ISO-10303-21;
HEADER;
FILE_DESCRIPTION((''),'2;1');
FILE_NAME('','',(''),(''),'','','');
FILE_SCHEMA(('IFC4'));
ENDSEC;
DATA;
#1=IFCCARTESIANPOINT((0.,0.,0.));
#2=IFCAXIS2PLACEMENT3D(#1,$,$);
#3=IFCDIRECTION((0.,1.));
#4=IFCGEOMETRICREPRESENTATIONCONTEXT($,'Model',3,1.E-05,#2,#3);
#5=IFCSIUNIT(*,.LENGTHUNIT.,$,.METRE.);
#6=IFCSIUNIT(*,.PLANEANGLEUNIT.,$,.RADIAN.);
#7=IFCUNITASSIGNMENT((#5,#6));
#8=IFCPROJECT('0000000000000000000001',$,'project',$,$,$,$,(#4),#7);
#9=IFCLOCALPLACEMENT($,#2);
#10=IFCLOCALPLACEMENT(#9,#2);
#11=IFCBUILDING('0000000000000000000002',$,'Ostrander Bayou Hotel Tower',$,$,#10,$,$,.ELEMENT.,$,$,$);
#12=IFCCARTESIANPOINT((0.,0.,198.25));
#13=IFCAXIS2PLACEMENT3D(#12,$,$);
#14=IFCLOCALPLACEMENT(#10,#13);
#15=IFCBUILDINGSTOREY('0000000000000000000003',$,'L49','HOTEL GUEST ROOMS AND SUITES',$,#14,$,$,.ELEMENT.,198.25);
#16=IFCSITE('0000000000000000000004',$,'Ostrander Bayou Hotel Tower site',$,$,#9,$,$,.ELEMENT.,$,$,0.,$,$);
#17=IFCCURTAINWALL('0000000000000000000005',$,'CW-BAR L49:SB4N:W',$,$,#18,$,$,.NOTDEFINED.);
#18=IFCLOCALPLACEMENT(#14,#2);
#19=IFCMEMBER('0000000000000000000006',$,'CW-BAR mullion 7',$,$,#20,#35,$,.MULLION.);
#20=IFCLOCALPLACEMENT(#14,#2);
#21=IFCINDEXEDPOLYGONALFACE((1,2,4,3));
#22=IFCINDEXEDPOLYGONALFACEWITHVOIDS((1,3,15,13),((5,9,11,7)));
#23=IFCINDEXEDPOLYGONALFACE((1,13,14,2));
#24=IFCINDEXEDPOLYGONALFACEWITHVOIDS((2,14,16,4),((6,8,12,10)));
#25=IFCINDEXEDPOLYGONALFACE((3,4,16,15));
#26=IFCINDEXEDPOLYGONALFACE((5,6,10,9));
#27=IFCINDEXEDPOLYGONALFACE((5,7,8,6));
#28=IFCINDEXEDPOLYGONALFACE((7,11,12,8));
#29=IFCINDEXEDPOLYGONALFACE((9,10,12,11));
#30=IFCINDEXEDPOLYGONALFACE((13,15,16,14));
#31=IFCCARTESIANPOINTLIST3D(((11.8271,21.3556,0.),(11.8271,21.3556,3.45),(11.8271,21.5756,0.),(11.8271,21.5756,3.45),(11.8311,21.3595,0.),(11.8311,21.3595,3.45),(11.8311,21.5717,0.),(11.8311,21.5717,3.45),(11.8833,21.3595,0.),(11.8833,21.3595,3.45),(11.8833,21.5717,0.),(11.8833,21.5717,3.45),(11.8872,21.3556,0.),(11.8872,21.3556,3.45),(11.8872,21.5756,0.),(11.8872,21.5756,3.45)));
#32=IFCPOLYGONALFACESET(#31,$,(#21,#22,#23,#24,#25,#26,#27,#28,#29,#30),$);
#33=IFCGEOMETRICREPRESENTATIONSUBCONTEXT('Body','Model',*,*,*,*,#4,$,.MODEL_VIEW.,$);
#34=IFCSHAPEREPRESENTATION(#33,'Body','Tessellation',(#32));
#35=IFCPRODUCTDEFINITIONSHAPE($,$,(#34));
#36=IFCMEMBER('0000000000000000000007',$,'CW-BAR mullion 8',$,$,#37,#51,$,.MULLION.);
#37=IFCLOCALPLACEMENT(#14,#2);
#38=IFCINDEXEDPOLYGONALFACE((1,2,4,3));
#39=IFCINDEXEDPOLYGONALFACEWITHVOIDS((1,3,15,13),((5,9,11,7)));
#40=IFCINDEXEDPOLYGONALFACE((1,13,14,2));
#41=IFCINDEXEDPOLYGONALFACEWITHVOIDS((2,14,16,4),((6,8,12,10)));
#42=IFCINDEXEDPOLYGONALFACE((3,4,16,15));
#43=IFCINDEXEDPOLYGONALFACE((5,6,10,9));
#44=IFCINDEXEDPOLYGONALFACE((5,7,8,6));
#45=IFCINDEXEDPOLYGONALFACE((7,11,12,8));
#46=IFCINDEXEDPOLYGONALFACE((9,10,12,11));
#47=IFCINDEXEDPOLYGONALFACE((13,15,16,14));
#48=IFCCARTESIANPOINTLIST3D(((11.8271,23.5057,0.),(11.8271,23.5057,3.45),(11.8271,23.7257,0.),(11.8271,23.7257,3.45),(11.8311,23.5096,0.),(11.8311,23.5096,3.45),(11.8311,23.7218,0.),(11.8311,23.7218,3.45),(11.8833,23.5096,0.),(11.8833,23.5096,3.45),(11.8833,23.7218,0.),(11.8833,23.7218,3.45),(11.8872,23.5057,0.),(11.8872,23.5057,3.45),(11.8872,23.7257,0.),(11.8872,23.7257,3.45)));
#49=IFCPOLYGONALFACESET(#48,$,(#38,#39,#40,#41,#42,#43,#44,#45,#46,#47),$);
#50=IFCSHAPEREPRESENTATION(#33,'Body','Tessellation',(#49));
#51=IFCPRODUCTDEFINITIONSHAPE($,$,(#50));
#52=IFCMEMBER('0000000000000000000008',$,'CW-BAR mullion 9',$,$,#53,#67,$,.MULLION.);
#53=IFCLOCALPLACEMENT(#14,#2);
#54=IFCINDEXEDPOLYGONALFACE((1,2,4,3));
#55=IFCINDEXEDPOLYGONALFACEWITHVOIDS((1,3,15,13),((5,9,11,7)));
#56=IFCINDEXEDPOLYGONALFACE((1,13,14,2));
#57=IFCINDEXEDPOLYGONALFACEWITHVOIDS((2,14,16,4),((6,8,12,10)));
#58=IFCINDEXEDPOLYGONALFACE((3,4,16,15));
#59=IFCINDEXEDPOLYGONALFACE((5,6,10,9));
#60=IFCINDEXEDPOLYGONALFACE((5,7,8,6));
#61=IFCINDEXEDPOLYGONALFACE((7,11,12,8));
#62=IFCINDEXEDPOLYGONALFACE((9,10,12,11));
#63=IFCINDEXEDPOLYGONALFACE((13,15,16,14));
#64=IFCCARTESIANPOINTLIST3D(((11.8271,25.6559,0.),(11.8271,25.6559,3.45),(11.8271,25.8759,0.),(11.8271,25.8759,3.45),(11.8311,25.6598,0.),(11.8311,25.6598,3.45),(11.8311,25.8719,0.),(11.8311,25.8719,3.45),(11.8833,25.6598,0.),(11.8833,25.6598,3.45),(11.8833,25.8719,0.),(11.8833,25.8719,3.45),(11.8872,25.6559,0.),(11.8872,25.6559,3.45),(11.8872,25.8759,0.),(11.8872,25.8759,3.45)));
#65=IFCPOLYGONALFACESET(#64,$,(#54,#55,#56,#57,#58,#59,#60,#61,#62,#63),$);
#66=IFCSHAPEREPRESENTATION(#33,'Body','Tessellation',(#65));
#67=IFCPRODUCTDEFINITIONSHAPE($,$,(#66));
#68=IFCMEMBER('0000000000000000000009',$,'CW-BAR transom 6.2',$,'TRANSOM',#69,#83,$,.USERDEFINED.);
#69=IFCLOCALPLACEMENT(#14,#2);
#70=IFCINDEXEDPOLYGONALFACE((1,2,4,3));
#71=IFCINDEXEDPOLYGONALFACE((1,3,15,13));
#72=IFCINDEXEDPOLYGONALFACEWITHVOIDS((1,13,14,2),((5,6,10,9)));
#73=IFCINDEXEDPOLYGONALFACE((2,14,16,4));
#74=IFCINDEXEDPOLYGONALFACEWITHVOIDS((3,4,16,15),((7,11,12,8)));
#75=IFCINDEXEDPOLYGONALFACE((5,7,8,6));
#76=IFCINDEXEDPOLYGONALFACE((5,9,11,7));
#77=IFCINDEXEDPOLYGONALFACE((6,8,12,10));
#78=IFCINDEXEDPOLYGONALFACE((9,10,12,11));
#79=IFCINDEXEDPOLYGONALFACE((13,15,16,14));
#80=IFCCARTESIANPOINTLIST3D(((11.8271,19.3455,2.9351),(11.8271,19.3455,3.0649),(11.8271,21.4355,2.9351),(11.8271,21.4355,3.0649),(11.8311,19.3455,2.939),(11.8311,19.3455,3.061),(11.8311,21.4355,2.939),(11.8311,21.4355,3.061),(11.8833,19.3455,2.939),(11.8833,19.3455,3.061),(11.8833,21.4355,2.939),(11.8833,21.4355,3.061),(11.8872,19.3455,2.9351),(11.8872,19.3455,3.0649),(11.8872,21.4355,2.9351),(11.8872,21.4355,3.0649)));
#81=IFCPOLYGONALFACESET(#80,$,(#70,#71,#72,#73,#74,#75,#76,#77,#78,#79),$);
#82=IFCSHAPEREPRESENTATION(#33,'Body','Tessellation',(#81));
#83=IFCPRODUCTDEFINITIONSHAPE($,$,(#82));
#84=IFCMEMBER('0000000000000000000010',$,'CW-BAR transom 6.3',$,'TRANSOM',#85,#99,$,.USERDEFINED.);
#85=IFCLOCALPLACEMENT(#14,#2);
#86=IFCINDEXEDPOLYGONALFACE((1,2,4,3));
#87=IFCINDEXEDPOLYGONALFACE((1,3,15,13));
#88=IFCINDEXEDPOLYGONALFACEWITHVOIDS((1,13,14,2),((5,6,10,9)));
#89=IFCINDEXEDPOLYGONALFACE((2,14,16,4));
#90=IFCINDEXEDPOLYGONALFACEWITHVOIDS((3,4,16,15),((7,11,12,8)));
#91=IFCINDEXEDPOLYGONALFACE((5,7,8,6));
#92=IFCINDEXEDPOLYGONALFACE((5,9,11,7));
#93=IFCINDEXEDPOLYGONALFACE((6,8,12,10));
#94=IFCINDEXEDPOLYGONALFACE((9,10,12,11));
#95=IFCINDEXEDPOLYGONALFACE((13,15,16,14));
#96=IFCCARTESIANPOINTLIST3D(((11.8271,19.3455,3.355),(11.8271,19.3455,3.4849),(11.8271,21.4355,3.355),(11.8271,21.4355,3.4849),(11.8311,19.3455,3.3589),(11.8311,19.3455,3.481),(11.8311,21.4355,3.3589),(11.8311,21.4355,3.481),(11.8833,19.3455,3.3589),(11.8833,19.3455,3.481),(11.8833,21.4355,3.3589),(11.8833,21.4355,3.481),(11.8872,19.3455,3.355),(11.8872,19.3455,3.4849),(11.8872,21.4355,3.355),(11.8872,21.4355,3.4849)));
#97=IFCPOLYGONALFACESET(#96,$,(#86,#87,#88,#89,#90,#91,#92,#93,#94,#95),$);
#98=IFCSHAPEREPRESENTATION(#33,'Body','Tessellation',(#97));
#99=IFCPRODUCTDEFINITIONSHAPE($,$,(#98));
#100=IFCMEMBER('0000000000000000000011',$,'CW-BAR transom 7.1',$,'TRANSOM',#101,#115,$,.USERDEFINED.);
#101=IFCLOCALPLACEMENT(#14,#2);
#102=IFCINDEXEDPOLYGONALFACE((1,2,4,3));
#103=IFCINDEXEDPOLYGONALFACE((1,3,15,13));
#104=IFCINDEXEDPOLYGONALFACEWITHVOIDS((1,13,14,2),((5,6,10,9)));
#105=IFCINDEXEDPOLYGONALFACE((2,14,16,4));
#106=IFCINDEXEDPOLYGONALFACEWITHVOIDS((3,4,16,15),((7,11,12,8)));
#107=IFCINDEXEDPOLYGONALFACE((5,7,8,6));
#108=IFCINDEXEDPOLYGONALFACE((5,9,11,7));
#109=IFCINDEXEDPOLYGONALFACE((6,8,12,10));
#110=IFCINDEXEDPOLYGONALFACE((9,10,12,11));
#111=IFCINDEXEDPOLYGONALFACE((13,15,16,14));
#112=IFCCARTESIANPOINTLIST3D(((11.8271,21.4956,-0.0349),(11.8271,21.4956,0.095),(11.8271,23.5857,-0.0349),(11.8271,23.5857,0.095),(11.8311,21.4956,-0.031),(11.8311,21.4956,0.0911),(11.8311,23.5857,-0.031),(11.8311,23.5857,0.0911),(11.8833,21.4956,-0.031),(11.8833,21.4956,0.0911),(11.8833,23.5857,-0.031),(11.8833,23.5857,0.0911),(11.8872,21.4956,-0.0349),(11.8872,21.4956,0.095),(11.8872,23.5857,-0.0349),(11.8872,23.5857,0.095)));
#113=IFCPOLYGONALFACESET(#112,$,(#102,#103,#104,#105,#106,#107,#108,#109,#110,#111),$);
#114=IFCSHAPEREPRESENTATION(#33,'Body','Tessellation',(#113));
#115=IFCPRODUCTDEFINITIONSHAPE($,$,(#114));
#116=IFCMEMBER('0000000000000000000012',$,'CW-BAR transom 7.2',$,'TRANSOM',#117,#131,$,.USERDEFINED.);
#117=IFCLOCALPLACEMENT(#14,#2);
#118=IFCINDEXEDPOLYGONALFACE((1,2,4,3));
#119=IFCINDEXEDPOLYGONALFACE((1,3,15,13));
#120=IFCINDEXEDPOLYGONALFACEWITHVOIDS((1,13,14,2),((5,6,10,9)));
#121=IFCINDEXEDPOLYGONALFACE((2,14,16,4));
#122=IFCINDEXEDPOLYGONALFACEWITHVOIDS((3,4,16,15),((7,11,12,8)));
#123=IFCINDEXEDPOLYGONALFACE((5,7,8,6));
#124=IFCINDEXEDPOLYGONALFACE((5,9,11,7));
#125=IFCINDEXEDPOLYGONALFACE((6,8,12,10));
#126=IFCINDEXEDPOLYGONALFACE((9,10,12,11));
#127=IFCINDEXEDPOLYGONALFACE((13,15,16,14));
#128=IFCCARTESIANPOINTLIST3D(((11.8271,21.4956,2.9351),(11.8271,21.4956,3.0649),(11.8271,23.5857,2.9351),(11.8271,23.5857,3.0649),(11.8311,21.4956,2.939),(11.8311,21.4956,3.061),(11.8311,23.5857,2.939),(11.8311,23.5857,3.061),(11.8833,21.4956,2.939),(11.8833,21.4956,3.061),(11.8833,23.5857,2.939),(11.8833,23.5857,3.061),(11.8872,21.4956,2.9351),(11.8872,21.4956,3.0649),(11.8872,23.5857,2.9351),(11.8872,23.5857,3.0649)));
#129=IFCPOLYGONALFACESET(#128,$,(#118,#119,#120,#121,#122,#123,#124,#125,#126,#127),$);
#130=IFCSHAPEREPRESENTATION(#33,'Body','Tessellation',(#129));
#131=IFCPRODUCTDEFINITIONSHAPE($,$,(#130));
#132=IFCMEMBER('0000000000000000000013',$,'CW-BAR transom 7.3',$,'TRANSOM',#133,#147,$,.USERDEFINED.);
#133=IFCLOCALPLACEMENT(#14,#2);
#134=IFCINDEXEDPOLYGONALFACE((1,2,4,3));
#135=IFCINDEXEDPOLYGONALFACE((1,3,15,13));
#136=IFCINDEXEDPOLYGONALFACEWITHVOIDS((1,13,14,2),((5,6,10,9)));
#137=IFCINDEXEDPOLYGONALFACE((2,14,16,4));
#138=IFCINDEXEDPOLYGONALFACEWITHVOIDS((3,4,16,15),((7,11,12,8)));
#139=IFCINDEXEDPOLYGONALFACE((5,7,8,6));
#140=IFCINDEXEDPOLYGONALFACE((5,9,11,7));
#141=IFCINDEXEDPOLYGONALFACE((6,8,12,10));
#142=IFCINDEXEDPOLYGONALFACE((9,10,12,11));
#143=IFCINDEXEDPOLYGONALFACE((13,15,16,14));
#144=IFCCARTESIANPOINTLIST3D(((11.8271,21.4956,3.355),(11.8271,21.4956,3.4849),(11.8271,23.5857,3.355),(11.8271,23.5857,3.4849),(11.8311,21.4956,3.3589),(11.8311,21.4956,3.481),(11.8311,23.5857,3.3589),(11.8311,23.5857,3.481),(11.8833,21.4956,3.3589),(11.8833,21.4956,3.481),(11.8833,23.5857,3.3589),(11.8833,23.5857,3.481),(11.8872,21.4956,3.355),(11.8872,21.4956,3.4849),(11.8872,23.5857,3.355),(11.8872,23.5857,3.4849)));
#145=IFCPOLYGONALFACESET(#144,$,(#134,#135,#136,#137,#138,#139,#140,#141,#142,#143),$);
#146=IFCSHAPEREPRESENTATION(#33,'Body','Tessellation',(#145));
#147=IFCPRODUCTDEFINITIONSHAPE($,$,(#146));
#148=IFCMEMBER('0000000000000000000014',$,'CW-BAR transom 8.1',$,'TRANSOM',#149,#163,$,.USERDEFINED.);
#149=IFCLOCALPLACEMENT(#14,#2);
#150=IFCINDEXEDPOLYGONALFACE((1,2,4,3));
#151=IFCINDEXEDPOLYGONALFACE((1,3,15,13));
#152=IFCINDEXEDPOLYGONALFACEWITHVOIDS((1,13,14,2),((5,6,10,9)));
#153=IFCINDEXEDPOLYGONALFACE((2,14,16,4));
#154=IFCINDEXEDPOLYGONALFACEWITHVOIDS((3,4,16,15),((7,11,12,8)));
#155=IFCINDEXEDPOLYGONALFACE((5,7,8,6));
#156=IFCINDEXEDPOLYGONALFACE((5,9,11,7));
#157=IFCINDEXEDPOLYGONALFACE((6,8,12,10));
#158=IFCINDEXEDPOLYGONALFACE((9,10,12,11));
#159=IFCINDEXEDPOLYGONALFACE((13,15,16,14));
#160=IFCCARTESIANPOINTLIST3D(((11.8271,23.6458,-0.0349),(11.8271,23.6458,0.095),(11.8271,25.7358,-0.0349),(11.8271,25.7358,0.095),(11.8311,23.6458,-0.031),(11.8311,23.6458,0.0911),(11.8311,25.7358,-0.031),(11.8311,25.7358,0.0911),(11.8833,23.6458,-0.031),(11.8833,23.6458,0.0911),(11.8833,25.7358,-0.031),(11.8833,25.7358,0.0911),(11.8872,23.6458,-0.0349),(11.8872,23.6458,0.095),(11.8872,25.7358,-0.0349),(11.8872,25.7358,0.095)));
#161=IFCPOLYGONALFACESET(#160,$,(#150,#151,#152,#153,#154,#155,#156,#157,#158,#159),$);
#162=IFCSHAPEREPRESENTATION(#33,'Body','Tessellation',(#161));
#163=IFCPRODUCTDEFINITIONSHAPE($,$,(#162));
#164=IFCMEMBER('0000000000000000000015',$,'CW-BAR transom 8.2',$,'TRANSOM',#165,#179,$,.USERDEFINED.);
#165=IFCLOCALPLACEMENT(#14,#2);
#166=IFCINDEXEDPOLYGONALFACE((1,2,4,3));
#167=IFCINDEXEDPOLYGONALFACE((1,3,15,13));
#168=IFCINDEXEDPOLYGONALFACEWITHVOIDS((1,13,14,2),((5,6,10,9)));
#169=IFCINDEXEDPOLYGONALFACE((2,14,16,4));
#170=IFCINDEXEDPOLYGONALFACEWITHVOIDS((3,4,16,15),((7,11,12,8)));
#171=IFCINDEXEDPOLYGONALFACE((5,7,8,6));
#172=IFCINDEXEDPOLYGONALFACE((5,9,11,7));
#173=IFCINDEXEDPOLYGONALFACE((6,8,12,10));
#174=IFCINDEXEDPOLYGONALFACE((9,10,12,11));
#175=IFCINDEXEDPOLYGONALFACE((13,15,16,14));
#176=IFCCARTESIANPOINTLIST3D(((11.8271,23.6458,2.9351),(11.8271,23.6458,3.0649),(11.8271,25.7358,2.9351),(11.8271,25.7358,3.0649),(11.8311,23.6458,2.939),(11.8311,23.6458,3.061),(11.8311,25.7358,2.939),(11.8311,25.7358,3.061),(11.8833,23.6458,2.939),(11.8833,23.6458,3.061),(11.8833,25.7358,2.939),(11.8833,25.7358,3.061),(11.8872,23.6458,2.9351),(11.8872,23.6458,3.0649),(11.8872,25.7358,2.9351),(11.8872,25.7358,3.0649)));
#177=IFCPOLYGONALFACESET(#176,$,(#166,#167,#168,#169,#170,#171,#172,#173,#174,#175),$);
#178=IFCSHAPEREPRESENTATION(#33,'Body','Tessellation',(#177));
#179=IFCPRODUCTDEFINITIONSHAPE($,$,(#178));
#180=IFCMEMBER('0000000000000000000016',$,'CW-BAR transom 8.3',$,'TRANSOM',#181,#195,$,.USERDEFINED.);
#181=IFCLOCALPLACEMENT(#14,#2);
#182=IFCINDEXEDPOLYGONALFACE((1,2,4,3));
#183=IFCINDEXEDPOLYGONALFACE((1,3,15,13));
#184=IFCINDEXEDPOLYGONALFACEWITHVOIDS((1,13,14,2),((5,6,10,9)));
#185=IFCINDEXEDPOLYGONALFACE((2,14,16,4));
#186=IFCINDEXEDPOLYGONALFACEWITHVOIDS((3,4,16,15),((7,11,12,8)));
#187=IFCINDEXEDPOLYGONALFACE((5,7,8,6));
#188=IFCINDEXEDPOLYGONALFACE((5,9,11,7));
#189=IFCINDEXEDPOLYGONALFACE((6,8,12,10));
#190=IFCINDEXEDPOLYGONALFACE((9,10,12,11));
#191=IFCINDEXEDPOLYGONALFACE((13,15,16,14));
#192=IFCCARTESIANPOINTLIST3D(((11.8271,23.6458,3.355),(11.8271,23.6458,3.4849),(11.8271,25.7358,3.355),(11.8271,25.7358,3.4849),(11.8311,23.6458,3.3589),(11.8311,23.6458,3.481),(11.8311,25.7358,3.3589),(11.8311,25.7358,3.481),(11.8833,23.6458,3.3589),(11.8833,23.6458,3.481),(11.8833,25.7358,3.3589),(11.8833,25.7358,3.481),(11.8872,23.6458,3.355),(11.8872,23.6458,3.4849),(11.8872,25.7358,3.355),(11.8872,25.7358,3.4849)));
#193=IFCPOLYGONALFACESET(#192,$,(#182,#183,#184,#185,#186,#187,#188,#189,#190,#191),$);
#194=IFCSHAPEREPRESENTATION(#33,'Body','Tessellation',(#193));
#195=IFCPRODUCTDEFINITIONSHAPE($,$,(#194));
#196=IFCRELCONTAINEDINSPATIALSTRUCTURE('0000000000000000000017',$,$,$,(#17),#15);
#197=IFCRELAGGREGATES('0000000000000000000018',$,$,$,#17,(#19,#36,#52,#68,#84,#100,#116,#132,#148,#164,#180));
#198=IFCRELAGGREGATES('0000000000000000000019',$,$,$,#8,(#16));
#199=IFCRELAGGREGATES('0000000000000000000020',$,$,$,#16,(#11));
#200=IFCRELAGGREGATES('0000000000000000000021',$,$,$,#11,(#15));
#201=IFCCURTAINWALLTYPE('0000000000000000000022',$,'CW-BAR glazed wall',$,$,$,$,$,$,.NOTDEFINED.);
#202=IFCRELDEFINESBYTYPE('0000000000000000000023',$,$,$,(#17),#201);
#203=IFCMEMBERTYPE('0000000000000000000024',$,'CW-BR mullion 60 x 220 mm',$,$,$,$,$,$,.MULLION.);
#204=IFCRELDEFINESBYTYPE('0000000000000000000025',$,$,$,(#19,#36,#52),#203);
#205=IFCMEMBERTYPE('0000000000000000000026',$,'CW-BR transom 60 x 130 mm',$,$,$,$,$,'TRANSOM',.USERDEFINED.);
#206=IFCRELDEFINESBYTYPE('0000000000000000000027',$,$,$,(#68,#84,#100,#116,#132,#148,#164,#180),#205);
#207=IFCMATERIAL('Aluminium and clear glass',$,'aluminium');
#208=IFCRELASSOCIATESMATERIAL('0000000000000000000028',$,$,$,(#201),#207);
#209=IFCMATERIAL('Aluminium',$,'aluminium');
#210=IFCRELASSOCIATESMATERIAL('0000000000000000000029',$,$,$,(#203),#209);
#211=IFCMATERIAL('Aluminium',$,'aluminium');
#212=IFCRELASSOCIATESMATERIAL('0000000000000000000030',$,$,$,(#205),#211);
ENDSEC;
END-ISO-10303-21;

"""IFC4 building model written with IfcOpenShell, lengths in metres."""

from ifc_helpers import new_model, si_unit, direction, frame, origin, origin_2d, place, context, subcontext, project, spatial, hollow_rectangle, extrude, material, material_profile, profile_set, type_object, element, aggregate, save


model = new_model("IFC4")

# Units and contexts
model_context = context("Model", 3, precision=1e-05, world=origin(), true_north=direction((0.0, 1.0)))
body_context = subcontext(model_context, "Body", "Model", "MODEL_VIEW")
ifc_project = project(units=[si_unit("LENGTHUNIT", "METRE"), si_unit("PLANEANGLEUNIT", "RADIAN")], contexts=[model_context])

# Site, building, storey
site_placement = place(None, origin())
site = spatial("IfcSite", under=ifc_project, at=site_placement, Name="Ostrander Bayou Hotel Tower site", CompositionType="ELEMENT", RefElevation=0.0)
building_placement = place(site_placement, origin())
building = spatial("IfcBuilding", under=site, at=building_placement, Name="Ostrander Bayou Hotel Tower", CompositionType="ELEMENT")
storey_placement = place(building_placement, frame((0.0, 0.0, 198.25)))
storey = spatial("IfcBuildingStorey", under=building, at=storey_placement, Name="L49", Description="HOTEL GUEST ROOMS AND SUITES", CompositionType="ELEMENT", Elevation=198.25)

# Curtain wall, members
ifc_material_1 = material(Name="Aluminium and clear glass", Category="aluminium")
curtain_wall_type = type_object("IfcCurtainWallType", Name="CW-BAR glazed wall", PredefinedType="NOTDEFINED", material=ifc_material_1)
curtain_wall_placement = place(storey_placement, origin())
curtain_wall = element("IfcCurtainWall", 1, at=curtain_wall_placement, inside=storey, type_object=curtain_wall_type, Name="CW-BAR L49:SB4N:W", PredefinedType="NOTDEFINED")
ifc_material_2 = material(Name="Aluminium", Category="aluminium")
ifc_material_profile_1 = material_profile(ifc_material_2, hollow_rectangle(XDim=0.0601, YDim=0.22, WallThickness=0.0039, at=origin_2d()))
ifc_profile_set_1 = profile_set([ifc_material_profile_1], Name="Aluminium")
member_type_1 = type_object("IfcMemberType", Name="CW-BR mullion 60 x 220 mm", PredefinedType="MULLION", material=ifc_profile_set_1)
member_1_placement = place(storey_placement, frame((11.8572, 21.4656, 0.0), z_axis=(0.0, 0.0, 1.0), x_axis=(-1.0, 0.0, 0.0)))
member_1 = element("IfcMember", 2, at=member_1_placement, type_object=member_type_1, Name="CW-BAR mullion 7", PredefinedType="MULLION", context=body_context, shape_type="SweptSolid", body=[
    extrude(hollow_rectangle(XDim=0.0601, YDim=0.22, WallThickness=0.0039, at=origin_2d()), origin(), (0.0, 0.0, 1.0), 3.45),
])
member_2_placement = place(storey_placement, frame((11.8572, 23.6157, 0.0), z_axis=(0.0, 0.0, 1.0), x_axis=(-1.0, 0.0, 0.0)))
member_2 = element("IfcMember", 3, at=member_2_placement, type_object=member_type_1, Name="CW-BAR mullion 8", PredefinedType="MULLION", context=body_context, shape_type="SweptSolid", body=[
    extrude(hollow_rectangle(XDim=0.0601, YDim=0.22, WallThickness=0.0039, at=origin_2d()), origin(), (0.0, 0.0, 1.0), 3.45),
])
member_3_placement = place(storey_placement, frame((11.8572, 25.7659, 0.0), z_axis=(0.0, 0.0, 1.0), x_axis=(-1.0, 0.0, 0.0)))
member_3 = element("IfcMember", 4, at=member_3_placement, type_object=member_type_1, Name="CW-BAR mullion 9", PredefinedType="MULLION", context=body_context, shape_type="SweptSolid", body=[
    extrude(hollow_rectangle(XDim=0.0601, YDim=0.22, WallThickness=0.0039, at=origin_2d()), origin(), (0.0, 0.0, 1.0), 3.45),
])
ifc_material_3 = material(Name="Aluminium", Category="aluminium")
ifc_material_profile_2 = material_profile(ifc_material_3, hollow_rectangle(XDim=0.0601, YDim=0.1299, WallThickness=0.0039, at=origin_2d()))
ifc_profile_set_2 = profile_set([ifc_material_profile_2], Name="Aluminium")
member_type_2 = type_object("IfcMemberType", Name="CW-BR transom 60 x 130 mm", ElementType="TRANSOM", PredefinedType="USERDEFINED", material=ifc_profile_set_2)
member_4_placement = place(storey_placement, frame((11.8572, 19.3455, 3.0), z_axis=(0.0, 1.0, 0.0), x_axis=(-1.0, 0.0, 0.0)))
member_4 = element("IfcMember", 5, at=member_4_placement, type_object=member_type_2, Name="CW-BAR transom 6.2", ObjectType="TRANSOM", PredefinedType="USERDEFINED", context=body_context, shape_type="SweptSolid", body=[
    extrude(hollow_rectangle(XDim=0.0601, YDim=0.1299, WallThickness=0.0039, at=origin_2d()), origin(), (0.0, 0.0, 1.0), 2.0901),
])
member_5_placement = place(storey_placement, frame((11.8572, 19.3455, 3.4199), z_axis=(0.0, 1.0, 0.0), x_axis=(-1.0, 0.0, 0.0)))
member_5 = element("IfcMember", 6, at=member_5_placement, type_object=member_type_2, Name="CW-BAR transom 6.3", ObjectType="TRANSOM", PredefinedType="USERDEFINED", context=body_context, shape_type="SweptSolid", body=[
    extrude(hollow_rectangle(XDim=0.0601, YDim=0.1299, WallThickness=0.0039, at=origin_2d()), origin(), (0.0, 0.0, 1.0), 2.0901),
])
member_6_placement = place(storey_placement, frame((11.8572, 21.4956, 0.03), z_axis=(0.0, 1.0, 0.0), x_axis=(-1.0, 0.0, 0.0)))
member_6 = element("IfcMember", 7, at=member_6_placement, type_object=member_type_2, Name="CW-BAR transom 7.1", ObjectType="TRANSOM", PredefinedType="USERDEFINED", context=body_context, shape_type="SweptSolid", body=[
    extrude(hollow_rectangle(XDim=0.0601, YDim=0.1299, WallThickness=0.0039, at=origin_2d()), origin(), (0.0, 0.0, 1.0), 2.0901),
])
member_7_placement = place(storey_placement, frame((11.8572, 21.4956, 3.0), z_axis=(0.0, 1.0, 0.0), x_axis=(-1.0, 0.0, 0.0)))
member_7 = element("IfcMember", 8, at=member_7_placement, type_object=member_type_2, Name="CW-BAR transom 7.2", ObjectType="TRANSOM", PredefinedType="USERDEFINED", context=body_context, shape_type="SweptSolid", body=[
    extrude(hollow_rectangle(XDim=0.0601, YDim=0.1299, WallThickness=0.0039, at=origin_2d()), origin(), (0.0, 0.0, 1.0), 2.0901),
])
member_8_placement = place(storey_placement, frame((11.8572, 21.4956, 3.4199), z_axis=(0.0, 1.0, 0.0), x_axis=(-1.0, 0.0, 0.0)))
member_8 = element("IfcMember", 9, at=member_8_placement, type_object=member_type_2, Name="CW-BAR transom 7.3", ObjectType="TRANSOM", PredefinedType="USERDEFINED", context=body_context, shape_type="SweptSolid", body=[
    extrude(hollow_rectangle(XDim=0.0601, YDim=0.1299, WallThickness=0.0039, at=origin_2d()), origin(), (0.0, 0.0, 1.0), 2.0901),
])
member_9_placement = place(storey_placement, frame((11.8572, 23.6458, 0.03), z_axis=(0.0, 1.0, 0.0), x_axis=(-1.0, 0.0, 0.0)))
member_9 = element("IfcMember", 10, at=member_9_placement, type_object=member_type_2, Name="CW-BAR transom 8.1", ObjectType="TRANSOM", PredefinedType="USERDEFINED", context=body_context, shape_type="SweptSolid", body=[
    extrude(hollow_rectangle(XDim=0.0601, YDim=0.1299, WallThickness=0.0039, at=origin_2d()), origin(), (0.0, 0.0, 1.0), 2.0901),
])
member_10_placement = place(storey_placement, frame((11.8572, 23.6458, 3.0), z_axis=(0.0, 1.0, 0.0), x_axis=(-1.0, 0.0, 0.0)))
member_10 = element("IfcMember", 11, at=member_10_placement, type_object=member_type_2, Name="CW-BAR transom 8.2", ObjectType="TRANSOM", PredefinedType="USERDEFINED", context=body_context, shape_type="SweptSolid", body=[
    extrude(hollow_rectangle(XDim=0.0601, YDim=0.1299, WallThickness=0.0039, at=origin_2d()), origin(), (0.0, 0.0, 1.0), 2.0901),
])
member_11_placement = place(storey_placement, frame((11.8572, 23.6458, 3.4199), z_axis=(0.0, 1.0, 0.0), x_axis=(-1.0, 0.0, 0.0)))
member_11 = element("IfcMember", 12, at=member_11_placement, type_object=member_type_2, Name="CW-BAR transom 8.3", ObjectType="TRANSOM", PredefinedType="USERDEFINED", context=body_context, shape_type="SweptSolid", body=[
    extrude(hollow_rectangle(XDim=0.0601, YDim=0.1299, WallThickness=0.0039, at=origin_2d()), origin(), (0.0, 0.0, 1.0), 2.0901),
])

aggregate(curtain_wall, [member_1, member_2, member_3, member_4, member_5, member_6, member_7, member_8, member_9, member_10, member_11])

save(model, "model.ifc")
